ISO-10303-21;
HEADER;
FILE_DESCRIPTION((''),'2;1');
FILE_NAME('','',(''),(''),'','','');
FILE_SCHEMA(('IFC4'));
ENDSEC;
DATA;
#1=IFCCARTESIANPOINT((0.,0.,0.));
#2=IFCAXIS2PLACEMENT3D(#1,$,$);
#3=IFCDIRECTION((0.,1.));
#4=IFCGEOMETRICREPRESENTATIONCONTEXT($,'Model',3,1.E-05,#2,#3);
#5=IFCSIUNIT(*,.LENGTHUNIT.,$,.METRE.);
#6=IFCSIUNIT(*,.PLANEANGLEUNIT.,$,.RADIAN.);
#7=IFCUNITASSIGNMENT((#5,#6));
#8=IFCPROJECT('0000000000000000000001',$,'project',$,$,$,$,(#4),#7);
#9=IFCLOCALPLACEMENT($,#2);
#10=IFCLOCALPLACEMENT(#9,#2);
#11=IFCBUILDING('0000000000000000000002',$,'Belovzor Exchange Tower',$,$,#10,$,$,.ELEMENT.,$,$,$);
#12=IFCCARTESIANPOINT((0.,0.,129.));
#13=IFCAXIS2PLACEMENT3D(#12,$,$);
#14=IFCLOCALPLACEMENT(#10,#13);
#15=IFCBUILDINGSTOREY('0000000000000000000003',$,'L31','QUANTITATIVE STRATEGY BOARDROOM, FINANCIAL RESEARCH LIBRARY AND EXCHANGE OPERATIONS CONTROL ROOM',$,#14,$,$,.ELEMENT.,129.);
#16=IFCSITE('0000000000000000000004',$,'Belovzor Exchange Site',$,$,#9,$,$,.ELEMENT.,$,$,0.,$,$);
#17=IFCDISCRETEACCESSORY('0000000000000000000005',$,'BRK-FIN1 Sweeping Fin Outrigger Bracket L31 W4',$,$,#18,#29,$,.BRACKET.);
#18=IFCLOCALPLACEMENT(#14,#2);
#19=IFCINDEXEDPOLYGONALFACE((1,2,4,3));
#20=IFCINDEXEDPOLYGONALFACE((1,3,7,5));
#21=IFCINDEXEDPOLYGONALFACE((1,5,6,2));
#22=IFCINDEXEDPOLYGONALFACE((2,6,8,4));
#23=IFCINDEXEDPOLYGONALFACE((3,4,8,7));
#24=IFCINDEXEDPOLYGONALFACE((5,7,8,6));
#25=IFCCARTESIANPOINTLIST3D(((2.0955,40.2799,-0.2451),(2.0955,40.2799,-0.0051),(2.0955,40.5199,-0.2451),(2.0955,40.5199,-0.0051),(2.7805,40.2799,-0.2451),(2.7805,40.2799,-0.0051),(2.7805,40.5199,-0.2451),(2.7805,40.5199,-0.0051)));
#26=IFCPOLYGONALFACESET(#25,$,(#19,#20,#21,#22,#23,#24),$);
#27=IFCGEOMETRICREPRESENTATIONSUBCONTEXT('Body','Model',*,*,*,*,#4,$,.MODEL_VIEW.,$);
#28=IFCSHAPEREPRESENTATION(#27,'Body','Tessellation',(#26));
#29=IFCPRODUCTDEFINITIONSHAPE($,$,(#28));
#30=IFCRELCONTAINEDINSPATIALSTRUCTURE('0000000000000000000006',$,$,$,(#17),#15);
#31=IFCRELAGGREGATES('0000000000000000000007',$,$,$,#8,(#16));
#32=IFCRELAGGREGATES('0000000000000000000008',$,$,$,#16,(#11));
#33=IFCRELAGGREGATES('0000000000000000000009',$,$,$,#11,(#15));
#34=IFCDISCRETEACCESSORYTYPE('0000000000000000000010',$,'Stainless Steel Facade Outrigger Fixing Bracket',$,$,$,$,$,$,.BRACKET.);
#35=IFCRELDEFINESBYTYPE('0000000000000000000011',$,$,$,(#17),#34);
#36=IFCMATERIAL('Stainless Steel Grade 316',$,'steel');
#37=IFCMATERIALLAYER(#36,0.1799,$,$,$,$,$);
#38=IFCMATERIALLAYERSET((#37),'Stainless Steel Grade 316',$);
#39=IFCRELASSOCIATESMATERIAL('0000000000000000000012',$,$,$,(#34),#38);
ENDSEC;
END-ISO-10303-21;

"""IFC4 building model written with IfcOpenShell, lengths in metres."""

from ifc_helpers import new_model, si_unit, direction, frame, origin, origin_2d, place, context, subcontext, project, spatial, rectangle, extrude, material, layer, layer_set, type_object, element, save


model = new_model("IFC4")

# Units and contexts
model_context = context("Model", 3, precision=1e-05, world=origin(), true_north=direction((0.0, 1.0)))
body_context = subcontext(model_context, "Body", "Model", "MODEL_VIEW")
ifc_project = project(units=[si_unit("LENGTHUNIT", "METRE"), si_unit("PLANEANGLEUNIT", "RADIAN")], contexts=[model_context])

# Site, building, storey
site_placement = place(None, origin())
site = spatial("IfcSite", under=ifc_project, at=site_placement, Name="Belovzor Exchange Site", CompositionType="ELEMENT", RefElevation=0.0)
building_placement = place(site_placement, origin())
building = spatial("IfcBuilding", under=site, at=building_placement, Name="Belovzor Exchange Tower", CompositionType="ELEMENT")
storey_placement = place(building_placement, frame((0.0, 0.0, 129.0)))
storey = spatial("IfcBuildingStorey", under=building, at=storey_placement, Name="L31", Description="QUANTITATIVE STRATEGY BOARDROOM, FINANCIAL RESEARCH LIBRARY AND EXCHANGE OPERATIONS CONTROL ROOM", CompositionType="ELEMENT", Elevation=129.0)

# Discrete accessory
ifc_material_1 = material(Name="Stainless Steel Grade 316", Category="steel")
ifc_layer_1 = layer(ifc_material_1, 0.1799)
ifc_layer_set_1 = layer_set([ifc_layer_1], Name="Stainless Steel Grade 316")
discrete_accessory_type = type_object("IfcDiscreteAccessoryType", Name="Stainless Steel Facade Outrigger Fixing Bracket", PredefinedType="BRACKET", material=ifc_layer_set_1)
for number, where, z_axis, x_axis, name in (
    (1, (2.438, 40.3999, -0.2451), (0.0, 0.0, 1.0), (1.0, 0.0, 0.0), "BRK-FIN1 Sweeping Fin Outrigger Bracket L31 W4"),
):
    element("IfcDiscreteAccessory", number, at=place(storey_placement, frame(where, z_axis=z_axis, x_axis=x_axis)), inside=storey, type_object=discrete_accessory_type, Name=name, PredefinedType="BRACKET", context=body_context, shape_type="SweptSolid", body=[
        extrude(rectangle(XDim=0.6851, YDim=0.24, at=origin_2d()), origin(), (0.0, 0.0, 1.0), 0.24),
    ])

save(model, "model.ifc")
